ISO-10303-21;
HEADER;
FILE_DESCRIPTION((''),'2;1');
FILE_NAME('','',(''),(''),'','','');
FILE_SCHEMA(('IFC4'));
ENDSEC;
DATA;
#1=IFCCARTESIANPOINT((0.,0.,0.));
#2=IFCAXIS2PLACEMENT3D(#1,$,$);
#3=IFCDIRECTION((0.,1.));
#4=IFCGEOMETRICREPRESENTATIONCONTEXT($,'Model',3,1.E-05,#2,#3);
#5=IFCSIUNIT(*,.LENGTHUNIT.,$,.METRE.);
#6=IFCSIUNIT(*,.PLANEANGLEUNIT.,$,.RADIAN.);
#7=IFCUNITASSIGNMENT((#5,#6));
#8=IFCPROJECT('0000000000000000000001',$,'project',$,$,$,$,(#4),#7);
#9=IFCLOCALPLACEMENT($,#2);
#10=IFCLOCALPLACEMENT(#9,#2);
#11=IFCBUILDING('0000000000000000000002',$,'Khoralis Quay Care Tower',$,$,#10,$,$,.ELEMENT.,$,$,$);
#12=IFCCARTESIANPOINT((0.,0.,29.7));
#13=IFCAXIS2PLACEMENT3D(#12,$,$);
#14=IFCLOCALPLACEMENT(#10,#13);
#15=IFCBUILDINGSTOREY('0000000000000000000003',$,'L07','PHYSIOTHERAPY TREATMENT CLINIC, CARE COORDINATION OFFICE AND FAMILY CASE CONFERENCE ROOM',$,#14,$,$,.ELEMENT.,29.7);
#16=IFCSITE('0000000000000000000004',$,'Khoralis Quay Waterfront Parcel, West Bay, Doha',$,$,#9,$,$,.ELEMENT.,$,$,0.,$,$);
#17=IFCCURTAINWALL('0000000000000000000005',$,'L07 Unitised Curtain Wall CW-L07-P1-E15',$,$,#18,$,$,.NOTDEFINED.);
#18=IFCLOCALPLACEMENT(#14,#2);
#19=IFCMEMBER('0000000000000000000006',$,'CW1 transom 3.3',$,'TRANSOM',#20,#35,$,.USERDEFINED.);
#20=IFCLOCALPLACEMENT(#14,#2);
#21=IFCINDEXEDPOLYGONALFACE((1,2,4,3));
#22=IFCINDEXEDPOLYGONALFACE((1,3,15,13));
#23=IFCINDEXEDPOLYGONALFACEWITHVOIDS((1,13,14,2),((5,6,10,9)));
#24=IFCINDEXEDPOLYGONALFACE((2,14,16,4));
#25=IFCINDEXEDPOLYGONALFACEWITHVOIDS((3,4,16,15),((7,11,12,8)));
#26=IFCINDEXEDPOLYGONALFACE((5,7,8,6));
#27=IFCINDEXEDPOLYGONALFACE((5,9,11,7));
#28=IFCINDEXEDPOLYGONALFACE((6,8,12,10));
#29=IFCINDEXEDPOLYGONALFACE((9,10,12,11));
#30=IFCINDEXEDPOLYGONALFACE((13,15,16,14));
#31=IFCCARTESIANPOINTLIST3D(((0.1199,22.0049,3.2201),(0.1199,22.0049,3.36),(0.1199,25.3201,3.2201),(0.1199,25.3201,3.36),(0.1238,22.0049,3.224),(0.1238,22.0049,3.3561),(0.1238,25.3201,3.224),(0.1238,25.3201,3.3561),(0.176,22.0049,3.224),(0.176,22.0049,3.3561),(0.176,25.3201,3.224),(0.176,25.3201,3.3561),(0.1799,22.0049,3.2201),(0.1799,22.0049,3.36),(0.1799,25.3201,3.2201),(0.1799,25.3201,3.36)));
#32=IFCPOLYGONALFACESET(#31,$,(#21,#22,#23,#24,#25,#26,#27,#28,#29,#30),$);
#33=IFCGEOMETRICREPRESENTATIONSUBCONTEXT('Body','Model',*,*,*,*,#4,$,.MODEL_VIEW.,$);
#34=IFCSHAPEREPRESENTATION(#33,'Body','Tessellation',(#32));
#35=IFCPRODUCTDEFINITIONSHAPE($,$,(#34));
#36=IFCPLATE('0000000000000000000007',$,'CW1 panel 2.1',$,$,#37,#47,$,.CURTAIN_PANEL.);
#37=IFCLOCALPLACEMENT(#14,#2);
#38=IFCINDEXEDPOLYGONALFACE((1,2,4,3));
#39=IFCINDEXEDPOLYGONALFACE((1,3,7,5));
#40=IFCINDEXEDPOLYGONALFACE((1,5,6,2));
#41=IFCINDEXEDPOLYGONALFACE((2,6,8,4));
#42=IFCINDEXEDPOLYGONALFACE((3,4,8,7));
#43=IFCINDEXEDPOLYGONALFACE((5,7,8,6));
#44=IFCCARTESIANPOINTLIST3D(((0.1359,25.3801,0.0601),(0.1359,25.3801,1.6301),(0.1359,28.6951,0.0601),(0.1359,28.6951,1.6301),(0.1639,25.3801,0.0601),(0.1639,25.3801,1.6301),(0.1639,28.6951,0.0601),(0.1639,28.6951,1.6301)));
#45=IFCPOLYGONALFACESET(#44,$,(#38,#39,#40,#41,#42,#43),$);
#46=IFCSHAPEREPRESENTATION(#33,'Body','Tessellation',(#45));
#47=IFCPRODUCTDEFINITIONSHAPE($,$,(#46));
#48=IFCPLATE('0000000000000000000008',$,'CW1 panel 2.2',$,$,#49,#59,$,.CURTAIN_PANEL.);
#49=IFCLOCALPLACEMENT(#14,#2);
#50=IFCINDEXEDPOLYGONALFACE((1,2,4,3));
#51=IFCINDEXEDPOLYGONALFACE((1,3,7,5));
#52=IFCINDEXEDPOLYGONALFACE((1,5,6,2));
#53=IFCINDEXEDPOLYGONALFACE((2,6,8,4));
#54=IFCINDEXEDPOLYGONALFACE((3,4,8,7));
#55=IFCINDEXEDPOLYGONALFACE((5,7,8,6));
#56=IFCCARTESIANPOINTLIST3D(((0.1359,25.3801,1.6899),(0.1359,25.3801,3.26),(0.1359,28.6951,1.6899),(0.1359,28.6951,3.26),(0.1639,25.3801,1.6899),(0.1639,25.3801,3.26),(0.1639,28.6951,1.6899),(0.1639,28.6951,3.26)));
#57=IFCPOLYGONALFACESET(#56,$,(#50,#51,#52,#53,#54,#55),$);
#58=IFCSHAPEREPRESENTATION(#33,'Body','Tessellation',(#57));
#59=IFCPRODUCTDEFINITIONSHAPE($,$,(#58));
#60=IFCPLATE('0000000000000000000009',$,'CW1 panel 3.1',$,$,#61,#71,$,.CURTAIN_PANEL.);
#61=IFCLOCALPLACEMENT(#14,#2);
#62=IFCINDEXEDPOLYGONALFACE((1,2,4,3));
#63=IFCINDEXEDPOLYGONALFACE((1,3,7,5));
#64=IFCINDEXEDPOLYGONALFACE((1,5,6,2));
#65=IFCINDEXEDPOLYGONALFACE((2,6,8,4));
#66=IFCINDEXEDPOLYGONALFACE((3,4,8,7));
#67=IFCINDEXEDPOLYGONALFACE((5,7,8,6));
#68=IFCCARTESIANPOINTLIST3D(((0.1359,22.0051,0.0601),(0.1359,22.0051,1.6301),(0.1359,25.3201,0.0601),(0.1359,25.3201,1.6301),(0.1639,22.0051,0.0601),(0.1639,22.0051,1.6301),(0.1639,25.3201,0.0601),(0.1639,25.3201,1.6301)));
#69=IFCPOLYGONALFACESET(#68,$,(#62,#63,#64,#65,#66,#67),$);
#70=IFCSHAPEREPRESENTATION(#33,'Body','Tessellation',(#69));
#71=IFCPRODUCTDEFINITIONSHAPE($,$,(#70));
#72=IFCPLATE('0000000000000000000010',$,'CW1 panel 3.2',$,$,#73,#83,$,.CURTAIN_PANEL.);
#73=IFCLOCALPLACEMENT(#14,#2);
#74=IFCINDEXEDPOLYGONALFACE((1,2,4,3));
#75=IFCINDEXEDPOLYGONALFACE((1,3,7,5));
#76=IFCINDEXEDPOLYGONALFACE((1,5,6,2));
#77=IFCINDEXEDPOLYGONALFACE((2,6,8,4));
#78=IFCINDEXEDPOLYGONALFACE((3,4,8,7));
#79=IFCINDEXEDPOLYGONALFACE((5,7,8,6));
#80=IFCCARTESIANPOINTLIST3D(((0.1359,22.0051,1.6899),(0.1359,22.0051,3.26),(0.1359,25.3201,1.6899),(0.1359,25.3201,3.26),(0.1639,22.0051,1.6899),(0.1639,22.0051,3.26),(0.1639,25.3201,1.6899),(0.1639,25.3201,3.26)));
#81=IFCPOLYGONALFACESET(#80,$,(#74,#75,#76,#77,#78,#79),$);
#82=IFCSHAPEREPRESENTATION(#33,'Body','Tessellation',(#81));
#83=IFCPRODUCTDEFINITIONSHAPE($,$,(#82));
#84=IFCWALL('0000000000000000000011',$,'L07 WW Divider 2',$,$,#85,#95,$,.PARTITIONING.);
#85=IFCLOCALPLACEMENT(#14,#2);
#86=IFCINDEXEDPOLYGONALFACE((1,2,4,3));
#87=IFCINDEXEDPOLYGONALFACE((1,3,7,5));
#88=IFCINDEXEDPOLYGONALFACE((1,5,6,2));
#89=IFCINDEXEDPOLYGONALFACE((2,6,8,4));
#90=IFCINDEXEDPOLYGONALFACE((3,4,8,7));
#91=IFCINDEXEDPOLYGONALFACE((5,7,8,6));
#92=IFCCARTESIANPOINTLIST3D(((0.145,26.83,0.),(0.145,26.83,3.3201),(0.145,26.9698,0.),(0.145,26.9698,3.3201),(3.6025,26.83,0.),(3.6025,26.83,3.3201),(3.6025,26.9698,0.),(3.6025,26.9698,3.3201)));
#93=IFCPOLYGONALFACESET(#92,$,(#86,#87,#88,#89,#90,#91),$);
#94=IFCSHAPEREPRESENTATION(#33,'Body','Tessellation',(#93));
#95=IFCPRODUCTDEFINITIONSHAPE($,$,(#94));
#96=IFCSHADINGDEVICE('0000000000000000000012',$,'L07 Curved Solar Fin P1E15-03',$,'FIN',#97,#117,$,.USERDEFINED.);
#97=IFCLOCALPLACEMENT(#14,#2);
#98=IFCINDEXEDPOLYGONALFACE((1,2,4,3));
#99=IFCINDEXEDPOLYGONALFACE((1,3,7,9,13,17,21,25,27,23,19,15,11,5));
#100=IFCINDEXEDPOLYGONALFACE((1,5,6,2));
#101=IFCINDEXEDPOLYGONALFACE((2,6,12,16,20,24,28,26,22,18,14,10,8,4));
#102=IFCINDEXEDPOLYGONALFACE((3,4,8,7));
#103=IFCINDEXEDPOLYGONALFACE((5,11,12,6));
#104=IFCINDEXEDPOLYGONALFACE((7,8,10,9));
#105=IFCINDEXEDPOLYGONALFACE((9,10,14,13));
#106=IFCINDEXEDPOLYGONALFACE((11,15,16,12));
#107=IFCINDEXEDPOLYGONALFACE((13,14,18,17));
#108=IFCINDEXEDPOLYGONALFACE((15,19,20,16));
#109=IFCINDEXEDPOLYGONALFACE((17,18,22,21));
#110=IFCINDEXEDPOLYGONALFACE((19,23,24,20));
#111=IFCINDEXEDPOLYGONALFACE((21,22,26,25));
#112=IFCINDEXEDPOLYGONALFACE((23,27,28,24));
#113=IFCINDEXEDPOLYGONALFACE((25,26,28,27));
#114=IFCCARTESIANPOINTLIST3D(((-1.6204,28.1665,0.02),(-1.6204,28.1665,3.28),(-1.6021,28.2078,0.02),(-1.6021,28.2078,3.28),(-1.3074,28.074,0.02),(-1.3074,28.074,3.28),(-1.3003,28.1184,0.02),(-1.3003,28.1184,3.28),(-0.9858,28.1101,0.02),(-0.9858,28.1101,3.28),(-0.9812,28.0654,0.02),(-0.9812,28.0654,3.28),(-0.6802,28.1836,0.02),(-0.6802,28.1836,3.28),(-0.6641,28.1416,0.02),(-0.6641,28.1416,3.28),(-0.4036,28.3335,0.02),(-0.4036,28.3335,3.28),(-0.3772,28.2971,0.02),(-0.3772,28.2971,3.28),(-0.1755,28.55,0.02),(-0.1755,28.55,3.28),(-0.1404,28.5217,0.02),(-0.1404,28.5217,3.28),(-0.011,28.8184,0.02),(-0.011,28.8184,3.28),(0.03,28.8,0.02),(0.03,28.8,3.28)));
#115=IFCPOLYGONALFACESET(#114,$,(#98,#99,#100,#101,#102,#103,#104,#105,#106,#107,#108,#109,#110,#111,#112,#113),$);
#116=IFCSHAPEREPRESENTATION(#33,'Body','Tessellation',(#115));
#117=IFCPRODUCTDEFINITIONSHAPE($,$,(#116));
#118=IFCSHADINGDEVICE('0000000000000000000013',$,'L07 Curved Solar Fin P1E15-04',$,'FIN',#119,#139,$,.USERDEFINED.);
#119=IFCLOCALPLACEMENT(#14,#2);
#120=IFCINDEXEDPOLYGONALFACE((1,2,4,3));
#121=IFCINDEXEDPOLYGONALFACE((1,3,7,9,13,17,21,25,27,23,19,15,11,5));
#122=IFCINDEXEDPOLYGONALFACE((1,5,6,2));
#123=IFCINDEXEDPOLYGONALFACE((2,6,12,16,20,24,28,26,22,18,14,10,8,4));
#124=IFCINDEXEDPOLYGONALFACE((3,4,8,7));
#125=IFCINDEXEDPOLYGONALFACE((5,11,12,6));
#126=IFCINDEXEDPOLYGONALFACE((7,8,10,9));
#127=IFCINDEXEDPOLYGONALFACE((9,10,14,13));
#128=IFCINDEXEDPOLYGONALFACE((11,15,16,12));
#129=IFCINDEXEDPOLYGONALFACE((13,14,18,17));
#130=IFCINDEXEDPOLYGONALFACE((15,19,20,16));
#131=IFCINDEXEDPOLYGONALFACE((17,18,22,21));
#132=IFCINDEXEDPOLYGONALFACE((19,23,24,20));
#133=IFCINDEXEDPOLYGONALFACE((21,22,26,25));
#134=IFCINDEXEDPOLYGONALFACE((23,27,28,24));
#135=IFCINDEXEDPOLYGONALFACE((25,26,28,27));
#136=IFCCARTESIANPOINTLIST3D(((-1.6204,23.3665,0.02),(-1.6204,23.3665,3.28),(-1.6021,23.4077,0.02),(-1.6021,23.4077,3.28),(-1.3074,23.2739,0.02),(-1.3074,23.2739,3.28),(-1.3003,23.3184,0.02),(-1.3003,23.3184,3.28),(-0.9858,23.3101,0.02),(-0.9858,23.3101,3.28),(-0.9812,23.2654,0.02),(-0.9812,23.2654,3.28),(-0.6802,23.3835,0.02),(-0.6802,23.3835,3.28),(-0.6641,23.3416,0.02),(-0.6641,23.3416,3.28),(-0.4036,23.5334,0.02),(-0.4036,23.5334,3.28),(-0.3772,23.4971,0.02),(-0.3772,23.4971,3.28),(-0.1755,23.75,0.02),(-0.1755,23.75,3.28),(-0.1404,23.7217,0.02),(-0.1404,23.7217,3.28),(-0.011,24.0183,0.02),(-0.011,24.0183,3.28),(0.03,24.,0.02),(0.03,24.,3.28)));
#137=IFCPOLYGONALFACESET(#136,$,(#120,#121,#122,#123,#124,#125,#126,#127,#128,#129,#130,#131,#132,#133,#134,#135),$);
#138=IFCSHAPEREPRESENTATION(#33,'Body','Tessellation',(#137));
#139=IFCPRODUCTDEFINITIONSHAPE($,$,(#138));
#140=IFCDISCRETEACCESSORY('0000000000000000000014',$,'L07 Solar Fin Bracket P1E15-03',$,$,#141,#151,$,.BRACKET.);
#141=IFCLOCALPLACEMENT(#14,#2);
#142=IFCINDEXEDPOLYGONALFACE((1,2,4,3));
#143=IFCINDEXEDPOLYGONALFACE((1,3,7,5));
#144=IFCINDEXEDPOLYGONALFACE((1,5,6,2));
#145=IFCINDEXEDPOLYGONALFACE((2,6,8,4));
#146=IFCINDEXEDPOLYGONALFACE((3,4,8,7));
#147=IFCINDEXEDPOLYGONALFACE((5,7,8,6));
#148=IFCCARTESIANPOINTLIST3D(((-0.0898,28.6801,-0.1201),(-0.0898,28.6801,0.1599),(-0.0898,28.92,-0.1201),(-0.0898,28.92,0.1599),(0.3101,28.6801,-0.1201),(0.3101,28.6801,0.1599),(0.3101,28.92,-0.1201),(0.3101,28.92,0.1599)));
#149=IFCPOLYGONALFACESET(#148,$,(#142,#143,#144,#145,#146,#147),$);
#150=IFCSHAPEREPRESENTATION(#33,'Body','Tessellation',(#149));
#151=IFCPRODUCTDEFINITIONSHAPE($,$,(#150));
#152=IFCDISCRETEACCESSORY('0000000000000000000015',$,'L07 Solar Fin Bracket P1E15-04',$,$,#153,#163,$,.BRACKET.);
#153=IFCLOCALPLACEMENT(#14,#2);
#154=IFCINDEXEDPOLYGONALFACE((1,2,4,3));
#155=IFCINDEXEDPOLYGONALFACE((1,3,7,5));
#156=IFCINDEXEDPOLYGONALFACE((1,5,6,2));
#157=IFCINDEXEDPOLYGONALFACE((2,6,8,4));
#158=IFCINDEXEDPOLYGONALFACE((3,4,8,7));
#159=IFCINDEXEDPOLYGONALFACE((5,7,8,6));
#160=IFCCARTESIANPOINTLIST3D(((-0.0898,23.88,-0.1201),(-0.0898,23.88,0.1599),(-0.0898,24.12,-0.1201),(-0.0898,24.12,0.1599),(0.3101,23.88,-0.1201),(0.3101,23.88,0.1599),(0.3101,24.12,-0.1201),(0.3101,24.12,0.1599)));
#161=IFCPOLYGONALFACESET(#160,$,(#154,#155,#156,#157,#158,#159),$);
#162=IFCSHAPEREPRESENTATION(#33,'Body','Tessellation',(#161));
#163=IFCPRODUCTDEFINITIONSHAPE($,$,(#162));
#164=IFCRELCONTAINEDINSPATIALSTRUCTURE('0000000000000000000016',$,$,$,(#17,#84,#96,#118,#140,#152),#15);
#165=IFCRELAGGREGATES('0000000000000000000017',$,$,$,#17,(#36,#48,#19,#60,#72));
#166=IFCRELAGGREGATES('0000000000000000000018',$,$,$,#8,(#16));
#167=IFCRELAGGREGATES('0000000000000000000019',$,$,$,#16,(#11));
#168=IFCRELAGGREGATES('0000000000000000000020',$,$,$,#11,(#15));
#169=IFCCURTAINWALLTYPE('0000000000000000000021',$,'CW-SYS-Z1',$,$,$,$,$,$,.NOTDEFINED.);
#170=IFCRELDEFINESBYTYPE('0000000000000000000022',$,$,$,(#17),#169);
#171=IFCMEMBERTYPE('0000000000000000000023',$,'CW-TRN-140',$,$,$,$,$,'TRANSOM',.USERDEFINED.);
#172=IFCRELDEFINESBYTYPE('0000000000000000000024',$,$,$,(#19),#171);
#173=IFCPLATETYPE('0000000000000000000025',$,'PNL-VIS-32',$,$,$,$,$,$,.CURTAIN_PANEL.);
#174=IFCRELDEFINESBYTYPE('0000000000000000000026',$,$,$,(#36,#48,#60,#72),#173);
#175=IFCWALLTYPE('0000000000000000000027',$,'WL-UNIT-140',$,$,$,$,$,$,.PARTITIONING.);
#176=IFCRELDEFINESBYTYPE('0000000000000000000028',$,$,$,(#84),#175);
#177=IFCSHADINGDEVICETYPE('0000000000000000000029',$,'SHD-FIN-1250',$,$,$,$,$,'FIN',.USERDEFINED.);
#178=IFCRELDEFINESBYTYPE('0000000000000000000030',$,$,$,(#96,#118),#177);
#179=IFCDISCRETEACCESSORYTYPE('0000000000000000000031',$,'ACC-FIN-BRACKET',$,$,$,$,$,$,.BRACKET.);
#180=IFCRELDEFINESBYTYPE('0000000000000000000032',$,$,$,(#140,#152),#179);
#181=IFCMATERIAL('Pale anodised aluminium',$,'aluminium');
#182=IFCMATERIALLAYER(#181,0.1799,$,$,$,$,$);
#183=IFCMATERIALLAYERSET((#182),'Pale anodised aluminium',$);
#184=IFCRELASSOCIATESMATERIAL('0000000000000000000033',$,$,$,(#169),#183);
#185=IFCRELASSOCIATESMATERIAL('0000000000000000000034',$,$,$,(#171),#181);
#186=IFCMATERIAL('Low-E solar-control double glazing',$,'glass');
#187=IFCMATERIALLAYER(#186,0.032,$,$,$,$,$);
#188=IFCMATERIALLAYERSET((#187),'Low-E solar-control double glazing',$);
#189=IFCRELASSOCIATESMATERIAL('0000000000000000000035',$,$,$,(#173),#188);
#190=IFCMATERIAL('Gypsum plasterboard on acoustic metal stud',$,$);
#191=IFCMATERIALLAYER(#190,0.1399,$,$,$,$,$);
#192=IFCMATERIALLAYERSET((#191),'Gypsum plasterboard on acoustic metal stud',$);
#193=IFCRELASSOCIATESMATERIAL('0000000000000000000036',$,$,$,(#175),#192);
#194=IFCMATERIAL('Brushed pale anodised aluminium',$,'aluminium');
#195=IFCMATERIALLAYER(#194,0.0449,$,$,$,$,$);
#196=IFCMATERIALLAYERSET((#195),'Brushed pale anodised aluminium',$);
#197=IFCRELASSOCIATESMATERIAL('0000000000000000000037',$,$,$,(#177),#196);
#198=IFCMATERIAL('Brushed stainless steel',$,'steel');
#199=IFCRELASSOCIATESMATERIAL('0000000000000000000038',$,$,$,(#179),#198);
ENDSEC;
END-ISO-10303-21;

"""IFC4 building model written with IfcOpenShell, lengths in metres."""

from ifc_helpers import new_model, si_unit, direction, frame, frame_2d, origin, origin_2d, place, context, subcontext, project, spatial, polyline, rectangle, hollow_rectangle, outline, extrude, source, transform, mapped, material, layer, layer_set, material_profile, profile_set, type_object, element, aggregate, save


model = new_model("IFC4")

# Units and contexts
model_context = context("Model", 3, precision=1e-05, world=origin(), true_north=direction((0.0, 1.0)))
body_context = subcontext(model_context, "Body", "Model", "MODEL_VIEW")
ifc_project = project(units=[si_unit("LENGTHUNIT", "METRE"), si_unit("PLANEANGLEUNIT", "RADIAN")], contexts=[model_context])

# Site, building, storey
site_placement = place(None, origin())
site = spatial("IfcSite", under=ifc_project, at=site_placement, Name="Khoralis Quay Waterfront Parcel, West Bay, Doha", CompositionType="ELEMENT", RefElevation=0.0)
building_placement = place(site_placement, origin())
building = spatial("IfcBuilding", under=site, at=building_placement, Name="Khoralis Quay Care Tower", CompositionType="ELEMENT")
storey_placement = place(building_placement, frame((0.0, 0.0, 29.7)))
storey = spatial("IfcBuildingStorey", under=building, at=storey_placement, Name="L07", Description="PHYSIOTHERAPY TREATMENT CLINIC, CARE COORDINATION OFFICE AND FAMILY CASE CONFERENCE ROOM", CompositionType="ELEMENT", Elevation=29.7)

# Curtain wall, member, plates
ifc_material_1 = material(Name="Pale anodised aluminium", Category="aluminium")
ifc_layer_1 = layer(ifc_material_1, 0.1799)
ifc_layer_set_1 = layer_set([ifc_layer_1], Name="Pale anodised aluminium")
curtain_wall_type = type_object("IfcCurtainWallType", Name="CW-SYS-Z1", PredefinedType="NOTDEFINED", material=ifc_layer_set_1)
curtain_wall_placement = place(storey_placement, origin())
curtain_wall = element("IfcCurtainWall", 1, at=curtain_wall_placement, inside=storey, type_object=curtain_wall_type, Name="L07 Unitised Curtain Wall CW-L07-P1-E15", PredefinedType="NOTDEFINED")
ifc_material_profile_1 = material_profile(ifc_material_1, hollow_rectangle(XDim=0.0601, YDim=0.1399, WallThickness=0.0039, at=origin_2d()), Name="Pale anodised aluminium")
ifc_profile_set_1 = profile_set([ifc_material_profile_1], Name="Pale anodised aluminium")
member_type_1 = type_object("IfcMemberType", Name="CW-TRN-140", ElementType="TRANSOM", PredefinedType="USERDEFINED", material=ifc_profile_set_1)
shared_shape_1 = source(origin(), body_context, "Body", "SweptSolid", [
    extrude(hollow_rectangle(XDim=0.0601, YDim=0.1399, WallThickness=0.0039, at=origin_2d()), origin(), (0.0, 0.0, 1.0), 3.3152),
])
member_1_placement = place(storey_placement, frame((0.1499, 25.3201, 3.29), z_axis=(0.0, -1.0, 0.0), x_axis=(1.0, 0.0, 0.0)))
member_1 = element("IfcMember", 2, at=member_1_placement, type_object=member_type_1, Name="CW1 transom 3.3", ObjectType="TRANSOM", PredefinedType="USERDEFINED", context=body_context, shape_type="MappedRepresentation", body=[
    mapped(shared_shape_1, transform((0.0, 0.0, 0.0), scale=1.0)),
])
ifc_material_2 = material(Name="Low-E solar-control double glazing", Category="glass")
ifc_layer_2 = layer(ifc_material_2, 0.032)
ifc_layer_set_2 = layer_set([ifc_layer_2], Name="Low-E solar-control double glazing")
plate_type = type_object("IfcPlateType", Name="PNL-VIS-32", PredefinedType="CURTAIN_PANEL", material=ifc_layer_set_2)
shared_shape_2 = source(origin(), body_context, "Body", "SweptSolid", [
    extrude(rectangle(XDim=3.3149, YDim=0.0281, at=origin_2d()), origin(), (0.0, 0.0, 1.0), 1.5701),
])
plate_1_placement = place(storey_placement, frame((0.1499, 27.0376, 0.0601), z_axis=(0.0, 0.0, 1.0), x_axis=(0.0, -1.0, 0.0)))
plate_1 = element("IfcPlate", 3, at=plate_1_placement, type_object=plate_type, Name="CW1 panel 2.1", PredefinedType="CURTAIN_PANEL", context=body_context, shape_type="MappedRepresentation", body=[
    mapped(shared_shape_2, transform((0.0, 0.0, 0.0), scale=1.0)),
])
plate_2_placement = place(storey_placement, frame((0.1499, 27.0376, 1.6899), z_axis=(0.0, 0.0, 1.0), x_axis=(0.0, -1.0, 0.0)))
plate_2 = element("IfcPlate", 4, at=plate_2_placement, type_object=plate_type, Name="CW1 panel 2.2", PredefinedType="CURTAIN_PANEL", context=body_context, shape_type="MappedRepresentation", body=[
    mapped(shared_shape_2, transform((0.0, 0.0, 0.0), scale=1.0)),
])
plate_3_placement = place(storey_placement, frame((0.1499, 23.6626, 0.0601), z_axis=(0.0, 0.0, 1.0), x_axis=(0.0, -1.0, 0.0)))
plate_3 = element("IfcPlate", 5, at=plate_3_placement, type_object=plate_type, Name="CW1 panel 3.1", PredefinedType="CURTAIN_PANEL", context=body_context, shape_type="MappedRepresentation", body=[
    mapped(shared_shape_2, transform((0.0, 0.0, 0.0), scale=1.0)),
])
plate_4_placement = place(storey_placement, frame((0.1499, 23.6626, 1.6899), z_axis=(0.0, 0.0, 1.0), x_axis=(0.0, -1.0, 0.0)))
plate_4 = element("IfcPlate", 6, at=plate_4_placement, type_object=plate_type, Name="CW1 panel 3.2", PredefinedType="CURTAIN_PANEL", context=body_context, shape_type="MappedRepresentation", body=[
    mapped(shared_shape_2, transform((0.0, 0.0, 0.0), scale=1.0)),
])
aggregate(curtain_wall, [plate_1, plate_2, member_1, plate_3, plate_4])

# Wall
ifc_material_3 = material(Name="Gypsum plasterboard on acoustic metal stud")
ifc_layer_3 = layer(ifc_material_3, 0.1399)
ifc_layer_set_3 = layer_set([ifc_layer_3], Name="Gypsum plasterboard on acoustic metal stud")
wall_type = type_object("IfcWallType", Name="WL-UNIT-140", PredefinedType="PARTITIONING", material=ifc_layer_set_3)
wall_placement = place(storey_placement, frame((0.145, 26.8999, 0.0), z_axis=(0.0, 0.0, 1.0), x_axis=(1.0, 0.0, 0.0)))
element("IfcWall", 7, at=wall_placement, inside=storey, type_object=wall_type, Name="L07 WW Divider 2", PredefinedType="PARTITIONING", context=body_context, shape_type="SweptSolid", body=[
    extrude(rectangle(XDim=3.4575, YDim=0.1399, at=frame_2d((1.7288, 0.0))), origin(), (0.0, 0.0, 1.0), 3.3201),
])

# Shading devices
ifc_material_4 = material(Name="Brushed pale anodised aluminium", Category="aluminium")
ifc_layer_4 = layer(ifc_material_4, 0.0449)
ifc_layer_set_4 = layer_set([ifc_layer_4], Name="Brushed pale anodised aluminium")
shading_device_type = type_object("IfcShadingDeviceType", Name="SHD-FIN-1250", ElementType="FIN", PredefinedType="USERDEFINED", material=ifc_layer_set_4)
shared_shape_3 = source(origin(), body_context, "Body", "SweptSolid", [
    extrude(outline(polyline([(0.0, 0.0), (0.1704, 0.2783), (0.4072, 0.5029), (0.6941, 0.6584), (1.0112, 0.7346), (1.3374, 0.7261), (1.6504, 0.6335), (1.6321, 0.5923), (1.3303, 0.6816), (1.0159, 0.6899), (0.7102, 0.6165), (0.4336, 0.4666), (0.2056, 0.25), (0.041, -0.0183), (0.0, 0.0)])), origin(), (0.0, 0.0, 1.0), 3.26),
])
for number, where, z_axis, x_axis, name in (
    (8, (0.03, 28.8, 0.02), (0.0, 0.0, 1.0), (-1.0, 0.0, 0.0), "L07 Curved Solar Fin P1E15-03"),
    (9, (0.03, 24.0, 0.02), (0.0, 0.0, 1.0), (-1.0, 0.0, 0.0), "L07 Curved Solar Fin P1E15-04"),
):
    element("IfcShadingDevice", number, at=place(storey_placement, frame(where, z_axis=z_axis, x_axis=x_axis)), inside=storey, type_object=shading_device_type, Name=name, ObjectType="FIN", PredefinedType="USERDEFINED", context=body_context, shape_type="MappedRepresentation", body=[
        mapped(shared_shape_3, transform((0.0, 0.0, 0.0), scale=1.0)),
    ])

# Discrete accessories
ifc_material_5 = material(Name="Brushed stainless steel", Category="steel")
discrete_accessory_type = type_object("IfcDiscreteAccessoryType", Name="ACC-FIN-BRACKET", PredefinedType="BRACKET", material=ifc_material_5)
shared_shape_4 = source(origin(), body_context, "Body", "SweptSolid", [
    extrude(rectangle(XDim=0.3999, YDim=0.24, at=origin_2d()), origin(), (0.0, 0.0, 1.0), 0.28),
])
for number, where, z_axis, x_axis, name in (
    (10, (0.1101, 28.8, -0.1201), (0.0, 0.0, 1.0), (-1.0, 0.0, 0.0), "L07 Solar Fin Bracket P1E15-03"),
    (11, (0.1101, 24.0, -0.1201), (0.0, 0.0, 1.0), (-1.0, 0.0, 0.0), "L07 Solar Fin Bracket P1E15-04"),
):
    element("IfcDiscreteAccessory", number, at=place(storey_placement, frame(where, z_axis=z_axis, x_axis=x_axis)), inside=storey, type_object=discrete_accessory_type, Name=name, PredefinedType="BRACKET", context=body_context, shape_type="MappedRepresentation", body=[
        mapped(shared_shape_4, transform((0.0, 0.0, 0.0), scale=1.0)),
    ])

save(model, "model.ifc")
